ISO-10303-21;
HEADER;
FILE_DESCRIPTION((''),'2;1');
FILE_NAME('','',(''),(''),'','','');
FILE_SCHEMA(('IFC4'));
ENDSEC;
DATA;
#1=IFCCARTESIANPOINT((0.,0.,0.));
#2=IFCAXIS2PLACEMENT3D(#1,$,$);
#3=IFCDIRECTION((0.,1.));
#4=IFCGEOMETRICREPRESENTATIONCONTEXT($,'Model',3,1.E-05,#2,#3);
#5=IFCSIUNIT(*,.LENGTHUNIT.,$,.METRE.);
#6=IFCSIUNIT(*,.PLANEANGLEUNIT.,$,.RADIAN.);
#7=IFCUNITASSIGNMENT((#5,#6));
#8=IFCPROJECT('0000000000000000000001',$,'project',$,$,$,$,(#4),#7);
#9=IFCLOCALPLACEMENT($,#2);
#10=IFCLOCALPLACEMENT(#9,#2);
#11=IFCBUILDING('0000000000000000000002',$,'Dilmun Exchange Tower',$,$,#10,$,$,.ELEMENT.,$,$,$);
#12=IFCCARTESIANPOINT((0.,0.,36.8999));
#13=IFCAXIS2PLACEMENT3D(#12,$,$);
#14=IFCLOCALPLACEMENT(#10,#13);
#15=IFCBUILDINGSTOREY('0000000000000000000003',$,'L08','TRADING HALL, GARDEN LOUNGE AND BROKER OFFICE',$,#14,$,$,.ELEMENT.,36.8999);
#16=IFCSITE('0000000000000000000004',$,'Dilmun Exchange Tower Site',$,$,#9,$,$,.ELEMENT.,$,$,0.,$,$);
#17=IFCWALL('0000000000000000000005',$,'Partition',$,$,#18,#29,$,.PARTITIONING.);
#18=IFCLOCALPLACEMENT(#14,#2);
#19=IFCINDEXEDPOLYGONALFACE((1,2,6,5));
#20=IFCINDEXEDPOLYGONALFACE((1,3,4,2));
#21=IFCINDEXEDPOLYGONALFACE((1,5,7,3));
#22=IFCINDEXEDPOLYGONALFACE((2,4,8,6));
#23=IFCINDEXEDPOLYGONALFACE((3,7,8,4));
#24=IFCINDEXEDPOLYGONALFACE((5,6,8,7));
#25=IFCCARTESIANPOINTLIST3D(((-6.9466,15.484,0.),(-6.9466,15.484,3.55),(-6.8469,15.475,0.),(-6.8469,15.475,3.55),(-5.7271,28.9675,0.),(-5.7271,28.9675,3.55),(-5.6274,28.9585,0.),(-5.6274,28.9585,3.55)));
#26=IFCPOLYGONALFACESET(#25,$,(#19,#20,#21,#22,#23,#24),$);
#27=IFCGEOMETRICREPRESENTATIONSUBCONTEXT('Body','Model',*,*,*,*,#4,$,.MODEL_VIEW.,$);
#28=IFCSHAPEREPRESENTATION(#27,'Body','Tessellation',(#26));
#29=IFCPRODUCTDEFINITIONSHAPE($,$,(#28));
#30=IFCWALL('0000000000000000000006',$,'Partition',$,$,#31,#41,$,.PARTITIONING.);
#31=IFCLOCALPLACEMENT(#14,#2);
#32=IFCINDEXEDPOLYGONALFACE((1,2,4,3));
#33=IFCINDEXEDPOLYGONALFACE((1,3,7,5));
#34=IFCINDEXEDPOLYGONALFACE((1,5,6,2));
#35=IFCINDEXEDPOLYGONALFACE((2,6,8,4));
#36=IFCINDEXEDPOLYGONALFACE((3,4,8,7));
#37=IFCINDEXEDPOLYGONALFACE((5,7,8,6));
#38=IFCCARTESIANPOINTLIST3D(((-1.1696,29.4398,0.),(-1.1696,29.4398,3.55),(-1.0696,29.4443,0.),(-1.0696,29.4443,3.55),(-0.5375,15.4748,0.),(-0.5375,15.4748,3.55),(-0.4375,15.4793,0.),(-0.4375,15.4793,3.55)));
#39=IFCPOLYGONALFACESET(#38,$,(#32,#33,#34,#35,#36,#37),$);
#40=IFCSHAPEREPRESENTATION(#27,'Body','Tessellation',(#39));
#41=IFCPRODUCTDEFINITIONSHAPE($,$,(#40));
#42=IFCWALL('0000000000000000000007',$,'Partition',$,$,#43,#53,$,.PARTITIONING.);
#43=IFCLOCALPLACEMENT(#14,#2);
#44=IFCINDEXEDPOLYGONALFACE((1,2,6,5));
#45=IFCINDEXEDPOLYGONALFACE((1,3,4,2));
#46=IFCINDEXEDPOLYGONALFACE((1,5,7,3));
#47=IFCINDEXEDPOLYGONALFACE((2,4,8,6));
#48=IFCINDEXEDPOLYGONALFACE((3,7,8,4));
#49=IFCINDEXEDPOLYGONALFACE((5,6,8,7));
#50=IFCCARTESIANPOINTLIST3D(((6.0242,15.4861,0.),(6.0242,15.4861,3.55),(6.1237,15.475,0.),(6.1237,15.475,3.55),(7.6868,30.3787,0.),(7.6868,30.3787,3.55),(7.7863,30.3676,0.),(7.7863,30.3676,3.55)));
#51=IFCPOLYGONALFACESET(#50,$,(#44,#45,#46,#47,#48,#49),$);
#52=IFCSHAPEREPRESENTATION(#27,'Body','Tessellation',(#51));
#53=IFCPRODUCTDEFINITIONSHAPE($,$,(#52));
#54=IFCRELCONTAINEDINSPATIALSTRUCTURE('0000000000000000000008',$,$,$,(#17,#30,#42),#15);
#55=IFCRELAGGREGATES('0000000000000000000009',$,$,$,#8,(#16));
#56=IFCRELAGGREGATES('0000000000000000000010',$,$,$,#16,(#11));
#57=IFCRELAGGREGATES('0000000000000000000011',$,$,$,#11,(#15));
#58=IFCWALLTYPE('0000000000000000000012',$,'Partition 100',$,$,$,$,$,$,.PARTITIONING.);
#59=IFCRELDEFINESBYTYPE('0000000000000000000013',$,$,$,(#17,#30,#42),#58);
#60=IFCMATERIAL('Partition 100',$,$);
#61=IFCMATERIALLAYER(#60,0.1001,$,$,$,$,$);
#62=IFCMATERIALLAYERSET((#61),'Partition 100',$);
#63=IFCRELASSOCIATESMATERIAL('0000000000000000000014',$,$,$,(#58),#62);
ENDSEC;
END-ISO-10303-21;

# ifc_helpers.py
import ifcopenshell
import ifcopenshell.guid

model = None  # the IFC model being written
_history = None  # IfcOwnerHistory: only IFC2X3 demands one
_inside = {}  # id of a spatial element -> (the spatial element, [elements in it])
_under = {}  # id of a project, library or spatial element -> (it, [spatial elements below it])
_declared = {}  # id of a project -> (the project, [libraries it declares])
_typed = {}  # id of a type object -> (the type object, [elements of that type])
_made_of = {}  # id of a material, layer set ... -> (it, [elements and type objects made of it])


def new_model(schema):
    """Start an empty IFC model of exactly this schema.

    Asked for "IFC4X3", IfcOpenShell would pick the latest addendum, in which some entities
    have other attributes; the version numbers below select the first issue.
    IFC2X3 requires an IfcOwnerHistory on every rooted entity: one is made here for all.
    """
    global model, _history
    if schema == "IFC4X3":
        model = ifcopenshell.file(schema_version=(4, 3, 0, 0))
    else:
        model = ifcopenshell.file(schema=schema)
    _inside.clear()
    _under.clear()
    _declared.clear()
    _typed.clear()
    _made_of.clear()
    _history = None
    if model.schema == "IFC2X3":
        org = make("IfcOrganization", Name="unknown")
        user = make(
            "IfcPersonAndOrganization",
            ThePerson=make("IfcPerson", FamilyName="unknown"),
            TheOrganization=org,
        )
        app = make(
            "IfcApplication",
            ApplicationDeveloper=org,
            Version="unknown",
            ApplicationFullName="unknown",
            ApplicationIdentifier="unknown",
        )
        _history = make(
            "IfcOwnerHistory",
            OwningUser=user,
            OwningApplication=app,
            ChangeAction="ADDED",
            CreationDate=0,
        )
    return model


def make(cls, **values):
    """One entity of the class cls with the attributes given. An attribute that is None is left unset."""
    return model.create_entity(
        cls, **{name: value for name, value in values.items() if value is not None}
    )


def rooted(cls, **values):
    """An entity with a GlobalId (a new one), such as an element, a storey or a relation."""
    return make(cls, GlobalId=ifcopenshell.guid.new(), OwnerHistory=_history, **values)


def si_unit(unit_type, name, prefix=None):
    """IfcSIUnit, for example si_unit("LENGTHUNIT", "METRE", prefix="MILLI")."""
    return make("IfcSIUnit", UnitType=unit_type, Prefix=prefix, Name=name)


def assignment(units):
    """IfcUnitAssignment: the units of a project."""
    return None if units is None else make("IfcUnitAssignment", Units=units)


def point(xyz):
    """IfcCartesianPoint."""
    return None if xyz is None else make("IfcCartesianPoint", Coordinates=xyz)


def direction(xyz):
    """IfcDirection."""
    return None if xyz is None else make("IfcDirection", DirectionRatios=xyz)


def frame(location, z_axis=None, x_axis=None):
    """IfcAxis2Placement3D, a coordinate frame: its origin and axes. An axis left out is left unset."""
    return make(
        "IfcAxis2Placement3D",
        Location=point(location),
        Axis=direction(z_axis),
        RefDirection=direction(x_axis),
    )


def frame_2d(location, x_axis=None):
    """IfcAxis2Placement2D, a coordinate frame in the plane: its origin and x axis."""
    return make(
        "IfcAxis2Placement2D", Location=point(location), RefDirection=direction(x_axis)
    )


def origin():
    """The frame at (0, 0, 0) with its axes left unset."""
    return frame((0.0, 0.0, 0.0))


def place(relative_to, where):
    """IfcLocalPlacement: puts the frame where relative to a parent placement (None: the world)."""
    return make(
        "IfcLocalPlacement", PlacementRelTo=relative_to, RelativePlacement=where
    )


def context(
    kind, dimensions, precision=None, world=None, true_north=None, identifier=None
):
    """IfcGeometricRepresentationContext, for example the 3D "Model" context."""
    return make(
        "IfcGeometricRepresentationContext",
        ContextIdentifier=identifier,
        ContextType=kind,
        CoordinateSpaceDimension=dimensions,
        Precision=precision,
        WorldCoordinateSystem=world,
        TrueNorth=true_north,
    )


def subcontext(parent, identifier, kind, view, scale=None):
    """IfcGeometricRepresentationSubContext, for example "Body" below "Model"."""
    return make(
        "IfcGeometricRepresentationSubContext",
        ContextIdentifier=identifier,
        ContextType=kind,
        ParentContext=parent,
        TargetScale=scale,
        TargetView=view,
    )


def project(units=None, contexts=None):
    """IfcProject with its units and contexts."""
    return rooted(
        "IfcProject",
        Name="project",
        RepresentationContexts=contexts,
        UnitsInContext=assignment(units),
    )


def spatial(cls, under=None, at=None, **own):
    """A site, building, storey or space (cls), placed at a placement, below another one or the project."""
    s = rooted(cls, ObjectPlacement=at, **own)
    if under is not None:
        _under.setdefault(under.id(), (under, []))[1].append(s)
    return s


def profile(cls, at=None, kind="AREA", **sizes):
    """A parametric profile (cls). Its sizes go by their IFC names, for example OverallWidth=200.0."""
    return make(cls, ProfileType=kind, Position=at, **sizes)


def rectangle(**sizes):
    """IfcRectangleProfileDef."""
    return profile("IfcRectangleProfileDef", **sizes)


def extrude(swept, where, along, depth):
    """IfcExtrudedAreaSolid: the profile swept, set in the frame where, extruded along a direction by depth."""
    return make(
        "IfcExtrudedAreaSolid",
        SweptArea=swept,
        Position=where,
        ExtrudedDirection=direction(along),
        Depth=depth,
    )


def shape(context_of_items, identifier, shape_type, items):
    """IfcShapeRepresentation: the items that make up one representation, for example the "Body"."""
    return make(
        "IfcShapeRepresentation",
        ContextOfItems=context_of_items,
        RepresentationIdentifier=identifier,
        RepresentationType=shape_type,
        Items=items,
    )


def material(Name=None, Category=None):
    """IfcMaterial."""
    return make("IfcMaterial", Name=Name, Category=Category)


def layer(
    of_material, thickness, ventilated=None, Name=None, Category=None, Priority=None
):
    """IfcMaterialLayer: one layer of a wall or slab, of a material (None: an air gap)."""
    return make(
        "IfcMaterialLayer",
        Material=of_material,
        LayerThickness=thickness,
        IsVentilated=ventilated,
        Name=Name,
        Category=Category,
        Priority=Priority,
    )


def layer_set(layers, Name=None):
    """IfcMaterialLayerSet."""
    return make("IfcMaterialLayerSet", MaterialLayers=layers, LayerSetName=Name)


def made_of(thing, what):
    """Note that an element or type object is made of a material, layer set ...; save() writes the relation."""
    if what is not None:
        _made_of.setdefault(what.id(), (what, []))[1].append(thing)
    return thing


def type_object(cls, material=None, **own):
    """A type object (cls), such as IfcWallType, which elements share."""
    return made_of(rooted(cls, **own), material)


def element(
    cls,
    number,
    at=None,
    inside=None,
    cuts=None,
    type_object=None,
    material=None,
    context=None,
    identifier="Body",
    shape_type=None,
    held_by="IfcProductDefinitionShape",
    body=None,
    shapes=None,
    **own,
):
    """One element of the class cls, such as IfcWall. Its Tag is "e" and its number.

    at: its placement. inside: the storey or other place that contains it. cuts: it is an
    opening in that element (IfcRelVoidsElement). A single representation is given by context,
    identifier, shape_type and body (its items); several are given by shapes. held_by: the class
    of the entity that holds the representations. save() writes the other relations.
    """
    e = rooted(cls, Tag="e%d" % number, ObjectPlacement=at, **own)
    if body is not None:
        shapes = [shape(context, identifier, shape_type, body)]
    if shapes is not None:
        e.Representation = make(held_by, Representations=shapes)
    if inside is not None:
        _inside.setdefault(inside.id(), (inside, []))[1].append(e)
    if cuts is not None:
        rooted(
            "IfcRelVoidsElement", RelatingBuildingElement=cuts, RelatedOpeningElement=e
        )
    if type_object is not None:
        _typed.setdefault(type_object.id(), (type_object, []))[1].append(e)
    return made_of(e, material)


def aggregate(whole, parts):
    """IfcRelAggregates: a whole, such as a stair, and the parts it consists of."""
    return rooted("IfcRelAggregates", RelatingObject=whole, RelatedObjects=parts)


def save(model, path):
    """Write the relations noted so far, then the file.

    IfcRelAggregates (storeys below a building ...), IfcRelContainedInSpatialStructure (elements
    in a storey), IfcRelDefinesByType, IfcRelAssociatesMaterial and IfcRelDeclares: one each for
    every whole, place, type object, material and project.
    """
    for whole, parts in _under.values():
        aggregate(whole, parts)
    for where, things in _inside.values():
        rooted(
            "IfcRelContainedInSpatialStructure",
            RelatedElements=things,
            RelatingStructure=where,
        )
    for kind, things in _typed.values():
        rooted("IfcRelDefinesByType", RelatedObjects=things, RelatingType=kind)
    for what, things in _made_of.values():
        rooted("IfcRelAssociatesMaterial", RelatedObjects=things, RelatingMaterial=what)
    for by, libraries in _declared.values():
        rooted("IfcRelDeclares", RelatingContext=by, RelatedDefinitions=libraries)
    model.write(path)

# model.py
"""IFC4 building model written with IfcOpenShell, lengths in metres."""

from ifc_helpers import new_model, si_unit, direction, frame, frame_2d, origin, place, context, subcontext, project, spatial, rectangle, extrude, material, layer, layer_set, type_object, element, save


model = new_model("IFC4")

# Units and contexts
model_context = context("Model", 3, precision=1e-05, world=origin(), true_north=direction((0.0, 1.0)))
body_context = subcontext(model_context, "Body", "Model", "MODEL_VIEW")
ifc_project = project(units=[si_unit("LENGTHUNIT", "METRE"), si_unit("PLANEANGLEUNIT", "RADIAN")], contexts=[model_context])

# Site, building, storey
site_placement = place(None, origin())
site = spatial("IfcSite", under=ifc_project, at=site_placement, Name="Dilmun Exchange Tower Site", CompositionType="ELEMENT", RefElevation=0.0)
building_placement = place(site_placement, origin())
building = spatial("IfcBuilding", under=site, at=building_placement, Name="Dilmun Exchange Tower", CompositionType="ELEMENT")
storey_placement = place(building_placement, frame((0.0, 0.0, 36.8999)))
storey = spatial("IfcBuildingStorey", under=building, at=storey_placement, Name="L08", Description="TRADING HALL, GARDEN LOUNGE AND BROKER OFFICE", CompositionType="ELEMENT", Elevation=36.8999)

# Walls
ifc_material_1 = material(Name="Partition 100")
ifc_layer_1 = layer(ifc_material_1, 0.1001)
ifc_layer_set_1 = layer_set([ifc_layer_1], Name="Partition 100")
wall_type_1 = type_object("IfcWallType", Name="Partition 100", PredefinedType="PARTITIONING", material=ifc_layer_set_1)
wall_1_placement = place(storey_placement, frame((-6.8967, 15.4795, 0.0), z_axis=(0.0, 0.0, 1.0), x_axis=(0.090074, 0.995935, 0.0)))
element("IfcWall", 1, at=wall_1_placement, inside=storey, type_object=wall_type_1, Name="Partition", PredefinedType="PARTITIONING", context=body_context, shape_type="SweptSolid", body=[
    extrude(rectangle(XDim=13.5386, YDim=0.1001, at=frame_2d((6.7693, 0.0))), origin(), (0.0, 0.0, 1.0), 3.55),
])
wall_2_placement = place(storey_placement, frame((-1.1196, 29.4421, 0.0), z_axis=(0.0, 0.0, 1.0), x_axis=(0.045216, -0.998977, 0.0)))
element("IfcWall", 2, at=wall_2_placement, inside=storey, type_object=wall_type_1, Name="Partition", PredefinedType="PARTITIONING", context=body_context, shape_type="SweptSolid", body=[
    extrude(rectangle(XDim=13.9792, YDim=0.1001, at=frame_2d((6.9897, 0.0))), origin(), (0.0, 0.0, 1.0), 3.55),
])
wall_3_placement = place(storey_placement, frame((6.074, 15.4805, 0.0), z_axis=(0.0, 0.0, 1.0), x_axis=(0.11095, 0.993826, 0.0)))
element("IfcWall", 3, at=wall_3_placement, inside=storey, type_object=wall_type_1, Name="Partition", PredefinedType="PARTITIONING", context=body_context, shape_type="SweptSolid", body=[
    extrude(rectangle(XDim=14.9851, YDim=0.1001, at=frame_2d((7.4927, 0.0))), origin(), (0.0, 0.0, 1.0), 3.55),
])

save(model, "model.ifc")
